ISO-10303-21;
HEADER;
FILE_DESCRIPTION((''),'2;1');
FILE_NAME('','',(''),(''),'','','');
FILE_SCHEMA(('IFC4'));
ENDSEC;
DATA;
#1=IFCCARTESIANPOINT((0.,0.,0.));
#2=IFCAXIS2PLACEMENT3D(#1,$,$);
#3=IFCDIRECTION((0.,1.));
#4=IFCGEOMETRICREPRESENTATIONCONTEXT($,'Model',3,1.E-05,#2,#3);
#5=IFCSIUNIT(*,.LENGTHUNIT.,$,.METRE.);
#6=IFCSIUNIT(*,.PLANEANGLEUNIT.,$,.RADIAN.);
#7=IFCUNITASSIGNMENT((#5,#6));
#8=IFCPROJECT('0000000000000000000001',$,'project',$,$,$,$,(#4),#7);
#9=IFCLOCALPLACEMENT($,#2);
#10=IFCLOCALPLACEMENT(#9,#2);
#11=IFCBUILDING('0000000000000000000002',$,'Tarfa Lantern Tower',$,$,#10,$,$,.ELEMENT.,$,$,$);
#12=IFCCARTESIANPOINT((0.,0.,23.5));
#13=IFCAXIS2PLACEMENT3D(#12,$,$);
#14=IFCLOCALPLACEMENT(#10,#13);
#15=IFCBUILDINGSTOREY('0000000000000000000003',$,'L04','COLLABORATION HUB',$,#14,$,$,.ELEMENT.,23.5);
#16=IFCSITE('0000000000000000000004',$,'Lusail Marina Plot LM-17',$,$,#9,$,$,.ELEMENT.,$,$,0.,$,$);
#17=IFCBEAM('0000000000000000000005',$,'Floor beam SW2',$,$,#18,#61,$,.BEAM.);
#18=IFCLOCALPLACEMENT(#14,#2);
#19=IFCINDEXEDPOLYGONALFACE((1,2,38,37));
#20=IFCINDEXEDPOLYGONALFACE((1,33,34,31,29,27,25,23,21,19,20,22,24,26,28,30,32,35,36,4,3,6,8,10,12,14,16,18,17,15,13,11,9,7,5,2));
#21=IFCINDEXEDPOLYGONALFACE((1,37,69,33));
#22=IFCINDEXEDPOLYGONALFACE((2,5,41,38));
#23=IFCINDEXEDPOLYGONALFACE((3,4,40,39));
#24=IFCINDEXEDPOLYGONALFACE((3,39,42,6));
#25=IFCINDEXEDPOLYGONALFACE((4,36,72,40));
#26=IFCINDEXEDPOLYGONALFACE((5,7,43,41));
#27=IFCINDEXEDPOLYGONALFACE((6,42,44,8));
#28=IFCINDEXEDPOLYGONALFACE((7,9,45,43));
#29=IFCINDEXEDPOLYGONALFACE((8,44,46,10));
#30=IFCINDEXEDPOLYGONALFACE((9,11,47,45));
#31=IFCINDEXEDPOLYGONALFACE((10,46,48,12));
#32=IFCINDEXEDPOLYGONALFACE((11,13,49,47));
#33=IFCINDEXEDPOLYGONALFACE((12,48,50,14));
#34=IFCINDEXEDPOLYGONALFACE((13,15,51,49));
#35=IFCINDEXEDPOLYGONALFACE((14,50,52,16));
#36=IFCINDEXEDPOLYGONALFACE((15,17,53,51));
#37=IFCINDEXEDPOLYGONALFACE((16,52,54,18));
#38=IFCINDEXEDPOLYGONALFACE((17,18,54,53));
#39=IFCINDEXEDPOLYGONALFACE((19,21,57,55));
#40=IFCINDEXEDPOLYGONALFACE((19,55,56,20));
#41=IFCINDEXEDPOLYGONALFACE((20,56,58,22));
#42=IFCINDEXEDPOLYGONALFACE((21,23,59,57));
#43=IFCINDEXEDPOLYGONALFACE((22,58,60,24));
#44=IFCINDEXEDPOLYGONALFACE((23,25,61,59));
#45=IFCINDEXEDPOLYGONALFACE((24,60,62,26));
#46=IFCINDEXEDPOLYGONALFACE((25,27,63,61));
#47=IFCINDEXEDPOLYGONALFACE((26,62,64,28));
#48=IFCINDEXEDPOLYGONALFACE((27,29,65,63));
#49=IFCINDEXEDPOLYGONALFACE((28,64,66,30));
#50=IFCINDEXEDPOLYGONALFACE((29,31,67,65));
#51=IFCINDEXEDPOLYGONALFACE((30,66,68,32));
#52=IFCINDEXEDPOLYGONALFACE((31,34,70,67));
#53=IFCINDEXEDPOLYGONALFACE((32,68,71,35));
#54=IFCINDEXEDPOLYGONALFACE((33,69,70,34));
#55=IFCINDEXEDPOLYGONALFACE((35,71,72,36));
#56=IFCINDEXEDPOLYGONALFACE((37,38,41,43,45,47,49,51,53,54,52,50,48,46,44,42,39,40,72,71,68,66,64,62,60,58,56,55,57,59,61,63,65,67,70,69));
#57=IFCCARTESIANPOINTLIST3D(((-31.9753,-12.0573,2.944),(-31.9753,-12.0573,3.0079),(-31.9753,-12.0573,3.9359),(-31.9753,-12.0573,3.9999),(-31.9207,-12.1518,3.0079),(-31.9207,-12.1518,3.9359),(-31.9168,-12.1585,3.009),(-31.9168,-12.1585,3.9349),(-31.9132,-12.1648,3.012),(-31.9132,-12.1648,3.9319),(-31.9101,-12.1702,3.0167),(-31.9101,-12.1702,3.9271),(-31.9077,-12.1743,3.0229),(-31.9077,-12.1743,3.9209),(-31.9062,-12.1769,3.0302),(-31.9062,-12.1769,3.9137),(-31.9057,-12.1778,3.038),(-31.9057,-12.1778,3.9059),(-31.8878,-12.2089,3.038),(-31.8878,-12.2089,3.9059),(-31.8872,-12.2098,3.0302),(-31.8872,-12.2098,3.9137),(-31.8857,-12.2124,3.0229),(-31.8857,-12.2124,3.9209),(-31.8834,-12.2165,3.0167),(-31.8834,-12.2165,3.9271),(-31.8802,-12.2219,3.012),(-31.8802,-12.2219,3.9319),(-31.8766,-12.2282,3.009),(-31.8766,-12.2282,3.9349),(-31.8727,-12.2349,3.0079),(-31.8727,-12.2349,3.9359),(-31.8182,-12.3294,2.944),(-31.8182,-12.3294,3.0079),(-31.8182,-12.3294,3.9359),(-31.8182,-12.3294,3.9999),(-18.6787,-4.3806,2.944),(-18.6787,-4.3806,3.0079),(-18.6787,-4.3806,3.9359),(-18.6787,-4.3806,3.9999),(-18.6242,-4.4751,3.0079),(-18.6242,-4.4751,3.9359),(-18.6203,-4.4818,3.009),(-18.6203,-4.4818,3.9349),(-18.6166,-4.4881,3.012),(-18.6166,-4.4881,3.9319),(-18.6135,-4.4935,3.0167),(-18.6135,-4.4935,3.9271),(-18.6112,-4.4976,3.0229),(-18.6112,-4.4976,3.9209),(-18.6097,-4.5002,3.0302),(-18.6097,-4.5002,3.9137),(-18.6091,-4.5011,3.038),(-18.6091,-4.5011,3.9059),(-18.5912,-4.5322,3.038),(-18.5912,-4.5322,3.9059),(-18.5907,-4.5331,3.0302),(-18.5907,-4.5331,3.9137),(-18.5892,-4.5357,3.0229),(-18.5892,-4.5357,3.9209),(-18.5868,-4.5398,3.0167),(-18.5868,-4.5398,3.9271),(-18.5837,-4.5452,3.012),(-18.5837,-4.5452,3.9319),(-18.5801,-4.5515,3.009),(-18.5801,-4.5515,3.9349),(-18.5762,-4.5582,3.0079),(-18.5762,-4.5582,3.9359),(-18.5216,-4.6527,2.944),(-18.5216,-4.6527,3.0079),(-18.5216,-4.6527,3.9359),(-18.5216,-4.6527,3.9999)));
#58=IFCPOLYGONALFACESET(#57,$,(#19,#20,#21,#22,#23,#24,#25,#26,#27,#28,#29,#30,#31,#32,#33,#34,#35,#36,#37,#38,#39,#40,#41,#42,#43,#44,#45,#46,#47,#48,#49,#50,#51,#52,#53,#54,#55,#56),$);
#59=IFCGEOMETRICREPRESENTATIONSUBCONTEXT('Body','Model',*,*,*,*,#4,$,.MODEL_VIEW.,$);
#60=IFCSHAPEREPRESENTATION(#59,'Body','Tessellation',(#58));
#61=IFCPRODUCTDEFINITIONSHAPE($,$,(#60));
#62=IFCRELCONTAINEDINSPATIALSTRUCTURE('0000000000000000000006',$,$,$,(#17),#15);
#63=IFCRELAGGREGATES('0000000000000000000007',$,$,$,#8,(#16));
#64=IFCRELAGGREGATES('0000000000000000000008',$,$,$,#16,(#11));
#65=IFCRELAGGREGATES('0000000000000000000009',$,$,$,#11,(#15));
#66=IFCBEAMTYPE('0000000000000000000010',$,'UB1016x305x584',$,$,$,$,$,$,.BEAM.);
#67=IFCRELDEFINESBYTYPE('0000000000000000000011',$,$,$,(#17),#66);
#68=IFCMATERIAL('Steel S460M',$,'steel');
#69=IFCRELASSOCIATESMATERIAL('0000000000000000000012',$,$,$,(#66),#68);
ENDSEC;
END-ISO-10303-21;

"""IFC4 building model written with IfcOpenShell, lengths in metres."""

from ifc_helpers import new_model, si_unit, direction, frame, origin, origin_2d, place, context, subcontext, project, spatial, i_section, extrude, material, material_profile, profile_set, type_object, element, save


model = new_model("IFC4")

# Units and contexts
model_context = context("Model", 3, precision=1e-05, world=origin(), true_north=direction((0.0, 1.0)))
body_context = subcontext(model_context, "Body", "Model", "MODEL_VIEW")
ifc_project = project(units=[si_unit("LENGTHUNIT", "METRE"), si_unit("PLANEANGLEUNIT", "RADIAN")], contexts=[model_context])

# Site, building, storey
site_placement = place(None, origin())
site = spatial("IfcSite", under=ifc_project, at=site_placement, Name="Lusail Marina Plot LM-17", CompositionType="ELEMENT", RefElevation=0.0)
building_placement = place(site_placement, origin())
building = spatial("IfcBuilding", under=site, at=building_placement, Name="Tarfa Lantern Tower", CompositionType="ELEMENT")
storey_placement = place(building_placement, frame((0.0, 0.0, 23.5)))
storey = spatial("IfcBuildingStorey", under=building, at=storey_placement, Name="L04", Description="COLLABORATION HUB", CompositionType="ELEMENT", Elevation=23.5)

# Beam
ifc_material_1 = material(Name="Steel S460M", Category="steel")
ifc_material_profile_1 = material_profile(ifc_material_1, i_section(OverallWidth=0.3142, OverallDepth=1.0559, WebThickness=0.0359, FlangeThickness=0.064, FilletRadius=0.03, at=origin_2d()), Name="UB1016x305x584")
ifc_profile_set_1 = profile_set([ifc_material_profile_1], Name="Steel S460M")
beam_type_1 = type_object("IfcBeamType", Name="UB1016x305x584", PredefinedType="BEAM", material=ifc_profile_set_1)
beam_1_placement = place(storey_placement, frame((-31.8967, -12.1934, 3.4719), z_axis=(0.866027, 0.499997, 0.0), x_axis=(-0.499997, 0.866027, 0.0)))
element("IfcBeam", 1, at=beam_1_placement, inside=storey, type_object=beam_type_1, Name="Floor beam SW2", PredefinedType="BEAM", context=body_context, shape_type="SweptSolid", body=[
    extrude(i_section(OverallWidth=0.3142, OverallDepth=1.0559, WebThickness=0.0359, FlangeThickness=0.064, FilletRadius=0.03, at=origin_2d()), origin(), (0.0, 0.0, 1.0), 15.3535),
])

save(model, "model.ifc")
